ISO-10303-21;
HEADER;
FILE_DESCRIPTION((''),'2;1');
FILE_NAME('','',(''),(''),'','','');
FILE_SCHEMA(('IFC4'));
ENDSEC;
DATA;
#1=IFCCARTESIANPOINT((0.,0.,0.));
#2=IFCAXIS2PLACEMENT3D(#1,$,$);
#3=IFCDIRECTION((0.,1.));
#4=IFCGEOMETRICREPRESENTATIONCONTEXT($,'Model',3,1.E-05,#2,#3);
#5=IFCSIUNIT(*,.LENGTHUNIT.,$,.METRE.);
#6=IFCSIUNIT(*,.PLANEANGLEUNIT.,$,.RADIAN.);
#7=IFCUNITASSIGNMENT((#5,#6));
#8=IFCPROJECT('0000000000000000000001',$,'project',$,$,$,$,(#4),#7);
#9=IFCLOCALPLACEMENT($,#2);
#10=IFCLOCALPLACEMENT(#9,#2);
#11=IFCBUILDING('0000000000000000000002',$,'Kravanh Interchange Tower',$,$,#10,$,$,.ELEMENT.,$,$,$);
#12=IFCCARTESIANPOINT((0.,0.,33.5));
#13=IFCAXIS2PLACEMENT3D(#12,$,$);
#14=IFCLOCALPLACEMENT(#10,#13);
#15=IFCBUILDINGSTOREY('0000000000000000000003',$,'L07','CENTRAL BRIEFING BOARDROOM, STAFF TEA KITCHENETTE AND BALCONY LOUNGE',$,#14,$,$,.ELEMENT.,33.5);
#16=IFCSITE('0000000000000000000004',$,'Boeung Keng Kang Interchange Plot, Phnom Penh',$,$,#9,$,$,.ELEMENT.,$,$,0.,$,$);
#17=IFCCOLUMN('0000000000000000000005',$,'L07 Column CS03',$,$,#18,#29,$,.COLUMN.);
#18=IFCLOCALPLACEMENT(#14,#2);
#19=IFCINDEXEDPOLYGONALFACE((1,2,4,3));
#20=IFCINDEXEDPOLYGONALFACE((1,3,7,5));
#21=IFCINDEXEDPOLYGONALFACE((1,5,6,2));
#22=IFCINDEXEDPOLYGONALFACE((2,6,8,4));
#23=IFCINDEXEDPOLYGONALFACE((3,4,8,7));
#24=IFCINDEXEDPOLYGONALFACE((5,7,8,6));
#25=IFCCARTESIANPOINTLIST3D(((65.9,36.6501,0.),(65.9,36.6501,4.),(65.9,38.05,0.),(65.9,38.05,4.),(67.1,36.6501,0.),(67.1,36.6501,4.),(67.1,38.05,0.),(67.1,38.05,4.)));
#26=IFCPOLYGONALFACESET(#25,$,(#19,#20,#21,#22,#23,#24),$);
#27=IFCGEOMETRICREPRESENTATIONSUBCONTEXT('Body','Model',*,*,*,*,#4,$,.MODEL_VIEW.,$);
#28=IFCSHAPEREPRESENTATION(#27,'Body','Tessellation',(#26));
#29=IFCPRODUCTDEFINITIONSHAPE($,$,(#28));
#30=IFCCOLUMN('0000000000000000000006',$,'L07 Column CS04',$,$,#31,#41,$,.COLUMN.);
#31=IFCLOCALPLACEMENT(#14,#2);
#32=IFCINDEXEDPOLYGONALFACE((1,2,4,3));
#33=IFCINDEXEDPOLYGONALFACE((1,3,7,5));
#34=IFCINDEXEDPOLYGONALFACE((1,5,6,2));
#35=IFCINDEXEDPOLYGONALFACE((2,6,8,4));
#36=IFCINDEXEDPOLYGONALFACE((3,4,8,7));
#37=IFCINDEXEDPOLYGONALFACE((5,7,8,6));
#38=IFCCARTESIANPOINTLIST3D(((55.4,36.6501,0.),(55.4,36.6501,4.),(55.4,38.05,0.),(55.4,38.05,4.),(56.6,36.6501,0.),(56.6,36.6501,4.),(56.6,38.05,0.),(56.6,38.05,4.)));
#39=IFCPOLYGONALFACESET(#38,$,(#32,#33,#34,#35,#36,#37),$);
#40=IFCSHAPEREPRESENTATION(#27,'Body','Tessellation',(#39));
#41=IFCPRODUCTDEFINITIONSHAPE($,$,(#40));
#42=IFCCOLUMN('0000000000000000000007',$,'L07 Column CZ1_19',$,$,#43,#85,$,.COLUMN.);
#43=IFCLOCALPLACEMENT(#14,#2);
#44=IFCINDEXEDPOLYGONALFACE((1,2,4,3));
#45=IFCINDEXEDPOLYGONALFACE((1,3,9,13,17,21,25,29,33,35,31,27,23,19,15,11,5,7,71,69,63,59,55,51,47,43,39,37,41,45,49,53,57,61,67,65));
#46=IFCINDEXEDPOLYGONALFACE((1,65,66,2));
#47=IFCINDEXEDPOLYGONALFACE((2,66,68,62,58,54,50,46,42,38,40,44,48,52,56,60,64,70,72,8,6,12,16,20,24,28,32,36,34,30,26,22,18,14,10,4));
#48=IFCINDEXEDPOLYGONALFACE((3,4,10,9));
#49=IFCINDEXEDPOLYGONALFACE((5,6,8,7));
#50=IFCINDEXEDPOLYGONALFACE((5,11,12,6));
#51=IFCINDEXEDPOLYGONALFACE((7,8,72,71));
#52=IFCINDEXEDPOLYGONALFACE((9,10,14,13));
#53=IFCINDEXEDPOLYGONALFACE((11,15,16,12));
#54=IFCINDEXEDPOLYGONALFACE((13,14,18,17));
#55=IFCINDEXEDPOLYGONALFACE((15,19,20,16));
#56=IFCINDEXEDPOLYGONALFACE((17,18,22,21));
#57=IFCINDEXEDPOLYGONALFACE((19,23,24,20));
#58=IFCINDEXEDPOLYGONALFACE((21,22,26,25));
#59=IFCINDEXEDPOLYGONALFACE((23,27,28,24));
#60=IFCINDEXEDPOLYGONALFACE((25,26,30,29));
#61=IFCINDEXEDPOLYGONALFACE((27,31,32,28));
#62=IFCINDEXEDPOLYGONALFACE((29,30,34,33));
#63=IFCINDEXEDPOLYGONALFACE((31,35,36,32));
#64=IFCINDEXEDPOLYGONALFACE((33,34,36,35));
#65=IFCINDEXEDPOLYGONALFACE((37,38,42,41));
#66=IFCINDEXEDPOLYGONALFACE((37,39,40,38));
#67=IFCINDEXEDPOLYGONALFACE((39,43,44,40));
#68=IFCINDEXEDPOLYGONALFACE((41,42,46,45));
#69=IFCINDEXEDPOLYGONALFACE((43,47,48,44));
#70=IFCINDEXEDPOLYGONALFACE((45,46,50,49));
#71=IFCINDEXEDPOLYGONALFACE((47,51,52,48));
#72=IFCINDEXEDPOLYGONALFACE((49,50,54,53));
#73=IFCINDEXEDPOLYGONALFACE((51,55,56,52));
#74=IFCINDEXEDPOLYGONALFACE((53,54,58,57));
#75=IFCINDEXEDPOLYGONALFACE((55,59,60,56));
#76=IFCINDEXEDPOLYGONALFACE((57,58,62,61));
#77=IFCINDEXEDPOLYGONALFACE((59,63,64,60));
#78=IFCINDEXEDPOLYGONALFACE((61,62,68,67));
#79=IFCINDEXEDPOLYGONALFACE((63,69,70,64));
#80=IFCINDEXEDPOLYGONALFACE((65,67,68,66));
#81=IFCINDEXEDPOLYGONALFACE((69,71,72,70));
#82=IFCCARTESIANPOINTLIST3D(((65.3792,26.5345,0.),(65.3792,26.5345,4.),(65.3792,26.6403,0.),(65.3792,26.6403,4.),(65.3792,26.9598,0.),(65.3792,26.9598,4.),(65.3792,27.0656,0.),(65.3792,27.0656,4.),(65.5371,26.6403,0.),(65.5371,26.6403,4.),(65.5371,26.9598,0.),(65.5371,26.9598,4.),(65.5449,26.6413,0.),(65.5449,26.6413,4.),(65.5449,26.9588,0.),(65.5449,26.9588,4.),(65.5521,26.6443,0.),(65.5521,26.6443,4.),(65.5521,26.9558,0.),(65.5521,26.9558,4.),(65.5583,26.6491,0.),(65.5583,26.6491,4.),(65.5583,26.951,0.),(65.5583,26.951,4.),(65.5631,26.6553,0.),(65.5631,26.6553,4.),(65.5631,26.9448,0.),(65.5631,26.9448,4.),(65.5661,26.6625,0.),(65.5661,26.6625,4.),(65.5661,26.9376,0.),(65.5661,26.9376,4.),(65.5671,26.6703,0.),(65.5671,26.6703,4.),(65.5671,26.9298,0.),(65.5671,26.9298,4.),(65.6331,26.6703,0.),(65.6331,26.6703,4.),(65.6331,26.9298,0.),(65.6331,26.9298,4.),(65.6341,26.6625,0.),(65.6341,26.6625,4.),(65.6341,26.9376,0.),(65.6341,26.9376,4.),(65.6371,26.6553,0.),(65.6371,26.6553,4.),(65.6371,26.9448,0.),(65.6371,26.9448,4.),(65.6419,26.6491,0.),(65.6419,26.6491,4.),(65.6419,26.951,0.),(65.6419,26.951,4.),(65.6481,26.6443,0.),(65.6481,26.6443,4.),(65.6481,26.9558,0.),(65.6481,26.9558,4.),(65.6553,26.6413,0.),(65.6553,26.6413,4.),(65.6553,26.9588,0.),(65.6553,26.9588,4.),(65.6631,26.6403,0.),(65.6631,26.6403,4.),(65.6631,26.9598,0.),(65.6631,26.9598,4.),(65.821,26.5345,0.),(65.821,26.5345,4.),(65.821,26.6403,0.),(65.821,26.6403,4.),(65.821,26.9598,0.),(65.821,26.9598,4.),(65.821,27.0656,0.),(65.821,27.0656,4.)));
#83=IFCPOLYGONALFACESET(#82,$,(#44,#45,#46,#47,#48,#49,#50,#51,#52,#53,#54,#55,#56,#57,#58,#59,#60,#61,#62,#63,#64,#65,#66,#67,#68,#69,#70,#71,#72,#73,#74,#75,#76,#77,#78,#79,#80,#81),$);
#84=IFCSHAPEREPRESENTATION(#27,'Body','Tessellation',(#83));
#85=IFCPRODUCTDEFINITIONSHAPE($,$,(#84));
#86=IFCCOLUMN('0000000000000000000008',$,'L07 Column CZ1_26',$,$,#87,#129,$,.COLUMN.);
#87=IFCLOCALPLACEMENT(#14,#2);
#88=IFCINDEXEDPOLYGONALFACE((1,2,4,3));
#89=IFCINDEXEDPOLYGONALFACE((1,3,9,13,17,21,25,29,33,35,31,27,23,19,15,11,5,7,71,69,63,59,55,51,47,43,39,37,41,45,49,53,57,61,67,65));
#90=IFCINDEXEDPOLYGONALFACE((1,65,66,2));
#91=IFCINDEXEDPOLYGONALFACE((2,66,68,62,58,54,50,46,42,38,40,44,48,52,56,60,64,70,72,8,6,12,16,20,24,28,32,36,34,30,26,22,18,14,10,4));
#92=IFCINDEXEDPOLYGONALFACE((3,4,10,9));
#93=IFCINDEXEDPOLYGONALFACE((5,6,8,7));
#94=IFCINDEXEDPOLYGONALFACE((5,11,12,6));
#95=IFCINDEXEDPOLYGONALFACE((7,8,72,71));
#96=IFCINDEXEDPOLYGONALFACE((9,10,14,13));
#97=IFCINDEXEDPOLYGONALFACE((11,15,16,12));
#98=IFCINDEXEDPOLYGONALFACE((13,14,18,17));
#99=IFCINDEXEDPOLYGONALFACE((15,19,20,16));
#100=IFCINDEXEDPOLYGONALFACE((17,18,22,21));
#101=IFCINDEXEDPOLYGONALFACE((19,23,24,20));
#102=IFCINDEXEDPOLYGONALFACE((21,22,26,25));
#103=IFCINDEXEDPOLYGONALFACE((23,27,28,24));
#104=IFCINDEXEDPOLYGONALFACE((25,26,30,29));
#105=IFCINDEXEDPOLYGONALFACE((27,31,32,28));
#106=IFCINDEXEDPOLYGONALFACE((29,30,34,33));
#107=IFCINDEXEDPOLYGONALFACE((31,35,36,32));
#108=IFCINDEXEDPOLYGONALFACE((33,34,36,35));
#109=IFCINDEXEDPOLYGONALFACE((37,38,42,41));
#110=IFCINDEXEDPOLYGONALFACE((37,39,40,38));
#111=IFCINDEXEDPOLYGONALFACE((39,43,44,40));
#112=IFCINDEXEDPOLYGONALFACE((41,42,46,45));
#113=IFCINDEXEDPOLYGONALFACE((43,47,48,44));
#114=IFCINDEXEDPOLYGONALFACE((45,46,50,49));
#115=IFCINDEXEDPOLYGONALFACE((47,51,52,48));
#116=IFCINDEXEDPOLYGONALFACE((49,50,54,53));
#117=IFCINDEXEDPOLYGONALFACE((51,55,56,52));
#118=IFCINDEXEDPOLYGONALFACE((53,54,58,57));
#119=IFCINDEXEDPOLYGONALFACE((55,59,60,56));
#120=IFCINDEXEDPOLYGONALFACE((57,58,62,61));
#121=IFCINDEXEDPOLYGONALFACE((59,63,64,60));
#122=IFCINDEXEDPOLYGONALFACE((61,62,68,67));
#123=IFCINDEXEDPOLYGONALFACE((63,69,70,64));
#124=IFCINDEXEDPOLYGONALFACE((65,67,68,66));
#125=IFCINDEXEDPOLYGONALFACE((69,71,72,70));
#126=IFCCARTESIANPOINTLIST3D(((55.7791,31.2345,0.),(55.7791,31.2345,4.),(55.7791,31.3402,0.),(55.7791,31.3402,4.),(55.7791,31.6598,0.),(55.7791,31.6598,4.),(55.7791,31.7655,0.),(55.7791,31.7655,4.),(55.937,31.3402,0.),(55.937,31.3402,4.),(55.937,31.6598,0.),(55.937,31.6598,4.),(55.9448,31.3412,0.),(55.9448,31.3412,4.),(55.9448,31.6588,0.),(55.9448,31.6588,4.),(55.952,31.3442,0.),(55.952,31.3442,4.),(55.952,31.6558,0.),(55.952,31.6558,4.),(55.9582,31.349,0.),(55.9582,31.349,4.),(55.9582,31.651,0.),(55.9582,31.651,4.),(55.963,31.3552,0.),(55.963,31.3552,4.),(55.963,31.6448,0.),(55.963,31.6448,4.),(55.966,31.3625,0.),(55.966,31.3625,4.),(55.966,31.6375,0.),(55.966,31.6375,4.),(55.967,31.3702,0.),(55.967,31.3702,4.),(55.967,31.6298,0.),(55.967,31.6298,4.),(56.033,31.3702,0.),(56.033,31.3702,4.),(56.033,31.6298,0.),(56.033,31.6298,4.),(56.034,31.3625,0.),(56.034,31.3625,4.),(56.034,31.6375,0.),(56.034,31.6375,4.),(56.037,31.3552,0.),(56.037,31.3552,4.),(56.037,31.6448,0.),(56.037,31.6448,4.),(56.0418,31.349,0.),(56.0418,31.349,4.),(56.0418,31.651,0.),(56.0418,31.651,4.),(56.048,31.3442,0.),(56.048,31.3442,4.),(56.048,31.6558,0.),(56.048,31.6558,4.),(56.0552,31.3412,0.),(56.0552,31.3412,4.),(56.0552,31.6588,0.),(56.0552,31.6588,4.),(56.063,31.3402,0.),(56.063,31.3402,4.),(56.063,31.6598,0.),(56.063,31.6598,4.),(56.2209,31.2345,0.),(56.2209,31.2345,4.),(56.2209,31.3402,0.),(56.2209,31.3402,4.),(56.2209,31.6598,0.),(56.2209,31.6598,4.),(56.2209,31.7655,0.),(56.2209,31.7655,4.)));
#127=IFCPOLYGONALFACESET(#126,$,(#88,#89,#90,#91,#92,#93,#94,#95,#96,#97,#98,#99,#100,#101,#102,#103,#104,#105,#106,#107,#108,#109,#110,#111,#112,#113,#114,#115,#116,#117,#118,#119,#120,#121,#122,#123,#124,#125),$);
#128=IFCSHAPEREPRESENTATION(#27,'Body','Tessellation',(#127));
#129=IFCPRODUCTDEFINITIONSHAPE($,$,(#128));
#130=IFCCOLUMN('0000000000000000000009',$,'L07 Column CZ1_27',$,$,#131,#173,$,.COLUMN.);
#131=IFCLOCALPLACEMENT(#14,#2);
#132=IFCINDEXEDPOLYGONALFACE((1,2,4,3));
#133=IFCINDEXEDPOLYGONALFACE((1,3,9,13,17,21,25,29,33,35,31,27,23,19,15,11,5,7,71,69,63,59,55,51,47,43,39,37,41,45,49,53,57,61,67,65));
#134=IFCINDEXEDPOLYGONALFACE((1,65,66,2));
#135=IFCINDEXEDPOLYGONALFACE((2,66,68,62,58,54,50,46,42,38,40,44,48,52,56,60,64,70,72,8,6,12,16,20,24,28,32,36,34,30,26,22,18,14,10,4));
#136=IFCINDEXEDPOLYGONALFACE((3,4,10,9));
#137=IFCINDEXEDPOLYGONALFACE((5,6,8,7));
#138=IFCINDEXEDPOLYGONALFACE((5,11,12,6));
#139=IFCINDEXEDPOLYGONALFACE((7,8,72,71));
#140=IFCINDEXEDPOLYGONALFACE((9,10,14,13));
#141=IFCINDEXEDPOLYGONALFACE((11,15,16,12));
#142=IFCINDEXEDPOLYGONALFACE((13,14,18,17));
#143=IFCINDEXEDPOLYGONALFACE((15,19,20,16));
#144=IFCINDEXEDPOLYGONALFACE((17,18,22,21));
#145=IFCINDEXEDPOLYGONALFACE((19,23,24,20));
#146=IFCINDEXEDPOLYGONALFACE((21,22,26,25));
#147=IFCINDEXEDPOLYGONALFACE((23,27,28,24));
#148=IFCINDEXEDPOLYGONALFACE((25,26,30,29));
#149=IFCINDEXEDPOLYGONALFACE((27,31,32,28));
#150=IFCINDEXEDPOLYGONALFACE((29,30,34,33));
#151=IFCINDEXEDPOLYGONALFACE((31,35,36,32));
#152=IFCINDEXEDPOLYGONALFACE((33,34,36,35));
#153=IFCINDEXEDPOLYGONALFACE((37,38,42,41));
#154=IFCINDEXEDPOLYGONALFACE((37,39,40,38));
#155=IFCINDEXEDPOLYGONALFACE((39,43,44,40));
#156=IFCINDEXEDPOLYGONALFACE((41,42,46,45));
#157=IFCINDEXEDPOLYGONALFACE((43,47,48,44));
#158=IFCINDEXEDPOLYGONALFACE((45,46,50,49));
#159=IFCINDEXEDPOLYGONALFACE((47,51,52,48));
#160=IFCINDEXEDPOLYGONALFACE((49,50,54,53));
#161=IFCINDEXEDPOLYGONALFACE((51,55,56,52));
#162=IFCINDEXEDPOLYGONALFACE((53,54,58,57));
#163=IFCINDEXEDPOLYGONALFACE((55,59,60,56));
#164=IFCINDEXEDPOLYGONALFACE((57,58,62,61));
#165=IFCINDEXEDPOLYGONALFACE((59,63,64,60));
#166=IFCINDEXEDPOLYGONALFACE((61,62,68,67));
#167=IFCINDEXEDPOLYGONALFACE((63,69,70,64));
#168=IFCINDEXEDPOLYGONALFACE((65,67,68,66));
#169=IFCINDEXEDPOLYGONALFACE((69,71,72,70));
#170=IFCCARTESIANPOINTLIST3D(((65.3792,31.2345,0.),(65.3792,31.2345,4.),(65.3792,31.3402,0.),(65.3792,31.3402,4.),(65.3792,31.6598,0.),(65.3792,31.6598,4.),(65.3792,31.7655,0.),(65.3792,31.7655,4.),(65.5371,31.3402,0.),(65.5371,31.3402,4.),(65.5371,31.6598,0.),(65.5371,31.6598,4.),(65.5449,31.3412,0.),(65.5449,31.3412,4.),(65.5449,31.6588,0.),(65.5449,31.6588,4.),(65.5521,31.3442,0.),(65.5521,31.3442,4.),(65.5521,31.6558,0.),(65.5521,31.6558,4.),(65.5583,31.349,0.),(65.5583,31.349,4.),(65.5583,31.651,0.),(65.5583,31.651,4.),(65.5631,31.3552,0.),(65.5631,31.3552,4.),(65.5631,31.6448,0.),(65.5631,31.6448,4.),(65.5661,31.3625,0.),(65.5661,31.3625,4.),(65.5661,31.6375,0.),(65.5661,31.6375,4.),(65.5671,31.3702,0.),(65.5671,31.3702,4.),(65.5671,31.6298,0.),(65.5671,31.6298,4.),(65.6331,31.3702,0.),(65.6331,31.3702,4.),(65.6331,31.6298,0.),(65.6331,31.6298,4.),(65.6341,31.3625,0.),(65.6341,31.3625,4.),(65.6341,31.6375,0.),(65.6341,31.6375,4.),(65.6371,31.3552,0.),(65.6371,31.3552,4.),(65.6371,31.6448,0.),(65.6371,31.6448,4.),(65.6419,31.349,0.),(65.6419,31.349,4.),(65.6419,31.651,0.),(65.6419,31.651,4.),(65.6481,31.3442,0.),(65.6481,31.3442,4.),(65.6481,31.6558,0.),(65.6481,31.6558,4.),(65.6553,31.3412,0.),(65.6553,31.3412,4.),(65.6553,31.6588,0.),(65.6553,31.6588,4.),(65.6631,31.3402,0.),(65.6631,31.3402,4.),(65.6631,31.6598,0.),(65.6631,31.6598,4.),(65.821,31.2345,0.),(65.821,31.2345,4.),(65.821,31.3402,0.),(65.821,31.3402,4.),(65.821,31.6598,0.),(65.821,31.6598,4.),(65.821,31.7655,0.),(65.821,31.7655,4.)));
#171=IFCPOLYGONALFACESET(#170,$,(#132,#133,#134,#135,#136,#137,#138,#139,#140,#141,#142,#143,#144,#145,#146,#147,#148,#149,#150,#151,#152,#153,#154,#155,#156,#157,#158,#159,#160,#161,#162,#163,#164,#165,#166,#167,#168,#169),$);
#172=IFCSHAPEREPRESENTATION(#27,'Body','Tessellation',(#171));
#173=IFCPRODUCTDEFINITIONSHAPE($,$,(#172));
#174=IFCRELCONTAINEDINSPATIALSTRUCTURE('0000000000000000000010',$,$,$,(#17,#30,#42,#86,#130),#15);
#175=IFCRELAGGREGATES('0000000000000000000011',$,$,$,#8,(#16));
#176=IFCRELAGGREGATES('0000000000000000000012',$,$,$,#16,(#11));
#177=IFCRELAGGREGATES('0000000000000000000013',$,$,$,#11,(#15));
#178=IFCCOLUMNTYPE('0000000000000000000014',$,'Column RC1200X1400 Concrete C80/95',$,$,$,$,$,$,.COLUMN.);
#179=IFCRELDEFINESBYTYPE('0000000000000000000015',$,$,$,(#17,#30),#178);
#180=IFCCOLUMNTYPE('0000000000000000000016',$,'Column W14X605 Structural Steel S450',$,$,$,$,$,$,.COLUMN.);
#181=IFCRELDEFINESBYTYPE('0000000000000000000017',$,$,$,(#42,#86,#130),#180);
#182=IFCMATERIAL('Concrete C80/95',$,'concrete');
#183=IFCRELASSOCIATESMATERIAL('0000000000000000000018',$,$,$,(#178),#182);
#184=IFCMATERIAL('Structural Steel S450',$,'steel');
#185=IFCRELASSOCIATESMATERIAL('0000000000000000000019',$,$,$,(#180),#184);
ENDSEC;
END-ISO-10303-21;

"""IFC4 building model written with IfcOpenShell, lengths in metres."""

from ifc_helpers import new_model, si_unit, direction, frame, origin, origin_2d, place, context, subcontext, project, spatial, rectangle, i_section, extrude, material, material_profile, profile_set, type_object, element, save


model = new_model("IFC4")

# Units and contexts
model_context = context("Model", 3, precision=1e-05, world=origin(), true_north=direction((0.0, 1.0)))
body_context = subcontext(model_context, "Body", "Model", "MODEL_VIEW")
ifc_project = project(units=[si_unit("LENGTHUNIT", "METRE"), si_unit("PLANEANGLEUNIT", "RADIAN")], contexts=[model_context])

# Site, building, storey
site_placement = place(None, origin())
site = spatial("IfcSite", under=ifc_project, at=site_placement, Name="Boeung Keng Kang Interchange Plot, Phnom Penh", CompositionType="ELEMENT", RefElevation=0.0)
building_placement = place(site_placement, origin())
building = spatial("IfcBuilding", under=site, at=building_placement, Name="Kravanh Interchange Tower", CompositionType="ELEMENT")
storey_placement = place(building_placement, frame((0.0, 0.0, 33.5)))
storey = spatial("IfcBuildingStorey", under=building, at=storey_placement, Name="L07", Description="CENTRAL BRIEFING BOARDROOM, STAFF TEA KITCHENETTE AND BALCONY LOUNGE", CompositionType="ELEMENT", Elevation=33.5)

# Columns
ifc_material_1 = material(Name="Concrete C80/95", Category="concrete")
ifc_material_profile_1 = material_profile(ifc_material_1, rectangle(XDim=1.2, YDim=1.3999, at=origin_2d()), Name="RC1200X1400")
ifc_profile_set_1 = profile_set([ifc_material_profile_1], Name="Concrete C80/95")
column_type_1 = type_object("IfcColumnType", Name="Column RC1200X1400 Concrete C80/95", PredefinedType="COLUMN", material=ifc_profile_set_1)
for number, where, z_axis, x_axis, name in (
    (1, (66.5, 37.3501, 0.0), (0.0, 0.0, 1.0), (1.0, 0.0, 0.0), "L07 Column CS03"),
    (2, (56.0, 37.3501, 0.0), (0.0, 0.0, 1.0), (1.0, 0.0, 0.0), "L07 Column CS04"),
):
    element("IfcColumn", number, at=place(storey_placement, frame(where, z_axis=z_axis, x_axis=x_axis)), inside=storey, type_object=column_type_1, Name=name, PredefinedType="COLUMN", context=body_context, shape_type="SweptSolid", body=[
        extrude(rectangle(XDim=1.2, YDim=1.3999, at=origin_2d()), origin(), (0.0, 0.0, 1.0), 4.0),
    ])
ifc_material_2 = material(Name="Structural Steel S450", Category="steel")
ifc_material_profile_2 = material_profile(ifc_material_2, i_section(OverallWidth=0.4419, OverallDepth=0.531, WebThickness=0.0659, FlangeThickness=0.1057, FilletRadius=0.03, at=origin_2d()), Name="W14X605")
ifc_profile_set_2 = profile_set([ifc_material_profile_2], Name="Structural Steel S450")
column_type_2 = type_object("IfcColumnType", Name="Column W14X605 Structural Steel S450", PredefinedType="COLUMN", material=ifc_profile_set_2)
for number, where, z_axis, x_axis, name in (
    (3, (65.6001, 26.8, 0.0), (0.0, 0.0, 1.0), (1.0, 0.0, 0.0), "L07 Column CZ1_19"),
    (4, (56.0, 31.5, 0.0), (0.0, 0.0, 1.0), (1.0, 0.0, 0.0), "L07 Column CZ1_26"),
    (5, (65.6001, 31.5, 0.0), (0.0, 0.0, 1.0), (1.0, 0.0, 0.0), "L07 Column CZ1_27"),
):
    element("IfcColumn", number, at=place(storey_placement, frame(where, z_axis=z_axis, x_axis=x_axis)), inside=storey, type_object=column_type_2, Name=name, PredefinedType="COLUMN", context=body_context, shape_type="SweptSolid", body=[
        extrude(i_section(OverallWidth=0.4419, OverallDepth=0.531, WebThickness=0.0659, FlangeThickness=0.1057, FilletRadius=0.03, at=origin_2d()), origin(), (0.0, 0.0, 1.0), 4.0),
    ])

save(model, "model.ifc")
